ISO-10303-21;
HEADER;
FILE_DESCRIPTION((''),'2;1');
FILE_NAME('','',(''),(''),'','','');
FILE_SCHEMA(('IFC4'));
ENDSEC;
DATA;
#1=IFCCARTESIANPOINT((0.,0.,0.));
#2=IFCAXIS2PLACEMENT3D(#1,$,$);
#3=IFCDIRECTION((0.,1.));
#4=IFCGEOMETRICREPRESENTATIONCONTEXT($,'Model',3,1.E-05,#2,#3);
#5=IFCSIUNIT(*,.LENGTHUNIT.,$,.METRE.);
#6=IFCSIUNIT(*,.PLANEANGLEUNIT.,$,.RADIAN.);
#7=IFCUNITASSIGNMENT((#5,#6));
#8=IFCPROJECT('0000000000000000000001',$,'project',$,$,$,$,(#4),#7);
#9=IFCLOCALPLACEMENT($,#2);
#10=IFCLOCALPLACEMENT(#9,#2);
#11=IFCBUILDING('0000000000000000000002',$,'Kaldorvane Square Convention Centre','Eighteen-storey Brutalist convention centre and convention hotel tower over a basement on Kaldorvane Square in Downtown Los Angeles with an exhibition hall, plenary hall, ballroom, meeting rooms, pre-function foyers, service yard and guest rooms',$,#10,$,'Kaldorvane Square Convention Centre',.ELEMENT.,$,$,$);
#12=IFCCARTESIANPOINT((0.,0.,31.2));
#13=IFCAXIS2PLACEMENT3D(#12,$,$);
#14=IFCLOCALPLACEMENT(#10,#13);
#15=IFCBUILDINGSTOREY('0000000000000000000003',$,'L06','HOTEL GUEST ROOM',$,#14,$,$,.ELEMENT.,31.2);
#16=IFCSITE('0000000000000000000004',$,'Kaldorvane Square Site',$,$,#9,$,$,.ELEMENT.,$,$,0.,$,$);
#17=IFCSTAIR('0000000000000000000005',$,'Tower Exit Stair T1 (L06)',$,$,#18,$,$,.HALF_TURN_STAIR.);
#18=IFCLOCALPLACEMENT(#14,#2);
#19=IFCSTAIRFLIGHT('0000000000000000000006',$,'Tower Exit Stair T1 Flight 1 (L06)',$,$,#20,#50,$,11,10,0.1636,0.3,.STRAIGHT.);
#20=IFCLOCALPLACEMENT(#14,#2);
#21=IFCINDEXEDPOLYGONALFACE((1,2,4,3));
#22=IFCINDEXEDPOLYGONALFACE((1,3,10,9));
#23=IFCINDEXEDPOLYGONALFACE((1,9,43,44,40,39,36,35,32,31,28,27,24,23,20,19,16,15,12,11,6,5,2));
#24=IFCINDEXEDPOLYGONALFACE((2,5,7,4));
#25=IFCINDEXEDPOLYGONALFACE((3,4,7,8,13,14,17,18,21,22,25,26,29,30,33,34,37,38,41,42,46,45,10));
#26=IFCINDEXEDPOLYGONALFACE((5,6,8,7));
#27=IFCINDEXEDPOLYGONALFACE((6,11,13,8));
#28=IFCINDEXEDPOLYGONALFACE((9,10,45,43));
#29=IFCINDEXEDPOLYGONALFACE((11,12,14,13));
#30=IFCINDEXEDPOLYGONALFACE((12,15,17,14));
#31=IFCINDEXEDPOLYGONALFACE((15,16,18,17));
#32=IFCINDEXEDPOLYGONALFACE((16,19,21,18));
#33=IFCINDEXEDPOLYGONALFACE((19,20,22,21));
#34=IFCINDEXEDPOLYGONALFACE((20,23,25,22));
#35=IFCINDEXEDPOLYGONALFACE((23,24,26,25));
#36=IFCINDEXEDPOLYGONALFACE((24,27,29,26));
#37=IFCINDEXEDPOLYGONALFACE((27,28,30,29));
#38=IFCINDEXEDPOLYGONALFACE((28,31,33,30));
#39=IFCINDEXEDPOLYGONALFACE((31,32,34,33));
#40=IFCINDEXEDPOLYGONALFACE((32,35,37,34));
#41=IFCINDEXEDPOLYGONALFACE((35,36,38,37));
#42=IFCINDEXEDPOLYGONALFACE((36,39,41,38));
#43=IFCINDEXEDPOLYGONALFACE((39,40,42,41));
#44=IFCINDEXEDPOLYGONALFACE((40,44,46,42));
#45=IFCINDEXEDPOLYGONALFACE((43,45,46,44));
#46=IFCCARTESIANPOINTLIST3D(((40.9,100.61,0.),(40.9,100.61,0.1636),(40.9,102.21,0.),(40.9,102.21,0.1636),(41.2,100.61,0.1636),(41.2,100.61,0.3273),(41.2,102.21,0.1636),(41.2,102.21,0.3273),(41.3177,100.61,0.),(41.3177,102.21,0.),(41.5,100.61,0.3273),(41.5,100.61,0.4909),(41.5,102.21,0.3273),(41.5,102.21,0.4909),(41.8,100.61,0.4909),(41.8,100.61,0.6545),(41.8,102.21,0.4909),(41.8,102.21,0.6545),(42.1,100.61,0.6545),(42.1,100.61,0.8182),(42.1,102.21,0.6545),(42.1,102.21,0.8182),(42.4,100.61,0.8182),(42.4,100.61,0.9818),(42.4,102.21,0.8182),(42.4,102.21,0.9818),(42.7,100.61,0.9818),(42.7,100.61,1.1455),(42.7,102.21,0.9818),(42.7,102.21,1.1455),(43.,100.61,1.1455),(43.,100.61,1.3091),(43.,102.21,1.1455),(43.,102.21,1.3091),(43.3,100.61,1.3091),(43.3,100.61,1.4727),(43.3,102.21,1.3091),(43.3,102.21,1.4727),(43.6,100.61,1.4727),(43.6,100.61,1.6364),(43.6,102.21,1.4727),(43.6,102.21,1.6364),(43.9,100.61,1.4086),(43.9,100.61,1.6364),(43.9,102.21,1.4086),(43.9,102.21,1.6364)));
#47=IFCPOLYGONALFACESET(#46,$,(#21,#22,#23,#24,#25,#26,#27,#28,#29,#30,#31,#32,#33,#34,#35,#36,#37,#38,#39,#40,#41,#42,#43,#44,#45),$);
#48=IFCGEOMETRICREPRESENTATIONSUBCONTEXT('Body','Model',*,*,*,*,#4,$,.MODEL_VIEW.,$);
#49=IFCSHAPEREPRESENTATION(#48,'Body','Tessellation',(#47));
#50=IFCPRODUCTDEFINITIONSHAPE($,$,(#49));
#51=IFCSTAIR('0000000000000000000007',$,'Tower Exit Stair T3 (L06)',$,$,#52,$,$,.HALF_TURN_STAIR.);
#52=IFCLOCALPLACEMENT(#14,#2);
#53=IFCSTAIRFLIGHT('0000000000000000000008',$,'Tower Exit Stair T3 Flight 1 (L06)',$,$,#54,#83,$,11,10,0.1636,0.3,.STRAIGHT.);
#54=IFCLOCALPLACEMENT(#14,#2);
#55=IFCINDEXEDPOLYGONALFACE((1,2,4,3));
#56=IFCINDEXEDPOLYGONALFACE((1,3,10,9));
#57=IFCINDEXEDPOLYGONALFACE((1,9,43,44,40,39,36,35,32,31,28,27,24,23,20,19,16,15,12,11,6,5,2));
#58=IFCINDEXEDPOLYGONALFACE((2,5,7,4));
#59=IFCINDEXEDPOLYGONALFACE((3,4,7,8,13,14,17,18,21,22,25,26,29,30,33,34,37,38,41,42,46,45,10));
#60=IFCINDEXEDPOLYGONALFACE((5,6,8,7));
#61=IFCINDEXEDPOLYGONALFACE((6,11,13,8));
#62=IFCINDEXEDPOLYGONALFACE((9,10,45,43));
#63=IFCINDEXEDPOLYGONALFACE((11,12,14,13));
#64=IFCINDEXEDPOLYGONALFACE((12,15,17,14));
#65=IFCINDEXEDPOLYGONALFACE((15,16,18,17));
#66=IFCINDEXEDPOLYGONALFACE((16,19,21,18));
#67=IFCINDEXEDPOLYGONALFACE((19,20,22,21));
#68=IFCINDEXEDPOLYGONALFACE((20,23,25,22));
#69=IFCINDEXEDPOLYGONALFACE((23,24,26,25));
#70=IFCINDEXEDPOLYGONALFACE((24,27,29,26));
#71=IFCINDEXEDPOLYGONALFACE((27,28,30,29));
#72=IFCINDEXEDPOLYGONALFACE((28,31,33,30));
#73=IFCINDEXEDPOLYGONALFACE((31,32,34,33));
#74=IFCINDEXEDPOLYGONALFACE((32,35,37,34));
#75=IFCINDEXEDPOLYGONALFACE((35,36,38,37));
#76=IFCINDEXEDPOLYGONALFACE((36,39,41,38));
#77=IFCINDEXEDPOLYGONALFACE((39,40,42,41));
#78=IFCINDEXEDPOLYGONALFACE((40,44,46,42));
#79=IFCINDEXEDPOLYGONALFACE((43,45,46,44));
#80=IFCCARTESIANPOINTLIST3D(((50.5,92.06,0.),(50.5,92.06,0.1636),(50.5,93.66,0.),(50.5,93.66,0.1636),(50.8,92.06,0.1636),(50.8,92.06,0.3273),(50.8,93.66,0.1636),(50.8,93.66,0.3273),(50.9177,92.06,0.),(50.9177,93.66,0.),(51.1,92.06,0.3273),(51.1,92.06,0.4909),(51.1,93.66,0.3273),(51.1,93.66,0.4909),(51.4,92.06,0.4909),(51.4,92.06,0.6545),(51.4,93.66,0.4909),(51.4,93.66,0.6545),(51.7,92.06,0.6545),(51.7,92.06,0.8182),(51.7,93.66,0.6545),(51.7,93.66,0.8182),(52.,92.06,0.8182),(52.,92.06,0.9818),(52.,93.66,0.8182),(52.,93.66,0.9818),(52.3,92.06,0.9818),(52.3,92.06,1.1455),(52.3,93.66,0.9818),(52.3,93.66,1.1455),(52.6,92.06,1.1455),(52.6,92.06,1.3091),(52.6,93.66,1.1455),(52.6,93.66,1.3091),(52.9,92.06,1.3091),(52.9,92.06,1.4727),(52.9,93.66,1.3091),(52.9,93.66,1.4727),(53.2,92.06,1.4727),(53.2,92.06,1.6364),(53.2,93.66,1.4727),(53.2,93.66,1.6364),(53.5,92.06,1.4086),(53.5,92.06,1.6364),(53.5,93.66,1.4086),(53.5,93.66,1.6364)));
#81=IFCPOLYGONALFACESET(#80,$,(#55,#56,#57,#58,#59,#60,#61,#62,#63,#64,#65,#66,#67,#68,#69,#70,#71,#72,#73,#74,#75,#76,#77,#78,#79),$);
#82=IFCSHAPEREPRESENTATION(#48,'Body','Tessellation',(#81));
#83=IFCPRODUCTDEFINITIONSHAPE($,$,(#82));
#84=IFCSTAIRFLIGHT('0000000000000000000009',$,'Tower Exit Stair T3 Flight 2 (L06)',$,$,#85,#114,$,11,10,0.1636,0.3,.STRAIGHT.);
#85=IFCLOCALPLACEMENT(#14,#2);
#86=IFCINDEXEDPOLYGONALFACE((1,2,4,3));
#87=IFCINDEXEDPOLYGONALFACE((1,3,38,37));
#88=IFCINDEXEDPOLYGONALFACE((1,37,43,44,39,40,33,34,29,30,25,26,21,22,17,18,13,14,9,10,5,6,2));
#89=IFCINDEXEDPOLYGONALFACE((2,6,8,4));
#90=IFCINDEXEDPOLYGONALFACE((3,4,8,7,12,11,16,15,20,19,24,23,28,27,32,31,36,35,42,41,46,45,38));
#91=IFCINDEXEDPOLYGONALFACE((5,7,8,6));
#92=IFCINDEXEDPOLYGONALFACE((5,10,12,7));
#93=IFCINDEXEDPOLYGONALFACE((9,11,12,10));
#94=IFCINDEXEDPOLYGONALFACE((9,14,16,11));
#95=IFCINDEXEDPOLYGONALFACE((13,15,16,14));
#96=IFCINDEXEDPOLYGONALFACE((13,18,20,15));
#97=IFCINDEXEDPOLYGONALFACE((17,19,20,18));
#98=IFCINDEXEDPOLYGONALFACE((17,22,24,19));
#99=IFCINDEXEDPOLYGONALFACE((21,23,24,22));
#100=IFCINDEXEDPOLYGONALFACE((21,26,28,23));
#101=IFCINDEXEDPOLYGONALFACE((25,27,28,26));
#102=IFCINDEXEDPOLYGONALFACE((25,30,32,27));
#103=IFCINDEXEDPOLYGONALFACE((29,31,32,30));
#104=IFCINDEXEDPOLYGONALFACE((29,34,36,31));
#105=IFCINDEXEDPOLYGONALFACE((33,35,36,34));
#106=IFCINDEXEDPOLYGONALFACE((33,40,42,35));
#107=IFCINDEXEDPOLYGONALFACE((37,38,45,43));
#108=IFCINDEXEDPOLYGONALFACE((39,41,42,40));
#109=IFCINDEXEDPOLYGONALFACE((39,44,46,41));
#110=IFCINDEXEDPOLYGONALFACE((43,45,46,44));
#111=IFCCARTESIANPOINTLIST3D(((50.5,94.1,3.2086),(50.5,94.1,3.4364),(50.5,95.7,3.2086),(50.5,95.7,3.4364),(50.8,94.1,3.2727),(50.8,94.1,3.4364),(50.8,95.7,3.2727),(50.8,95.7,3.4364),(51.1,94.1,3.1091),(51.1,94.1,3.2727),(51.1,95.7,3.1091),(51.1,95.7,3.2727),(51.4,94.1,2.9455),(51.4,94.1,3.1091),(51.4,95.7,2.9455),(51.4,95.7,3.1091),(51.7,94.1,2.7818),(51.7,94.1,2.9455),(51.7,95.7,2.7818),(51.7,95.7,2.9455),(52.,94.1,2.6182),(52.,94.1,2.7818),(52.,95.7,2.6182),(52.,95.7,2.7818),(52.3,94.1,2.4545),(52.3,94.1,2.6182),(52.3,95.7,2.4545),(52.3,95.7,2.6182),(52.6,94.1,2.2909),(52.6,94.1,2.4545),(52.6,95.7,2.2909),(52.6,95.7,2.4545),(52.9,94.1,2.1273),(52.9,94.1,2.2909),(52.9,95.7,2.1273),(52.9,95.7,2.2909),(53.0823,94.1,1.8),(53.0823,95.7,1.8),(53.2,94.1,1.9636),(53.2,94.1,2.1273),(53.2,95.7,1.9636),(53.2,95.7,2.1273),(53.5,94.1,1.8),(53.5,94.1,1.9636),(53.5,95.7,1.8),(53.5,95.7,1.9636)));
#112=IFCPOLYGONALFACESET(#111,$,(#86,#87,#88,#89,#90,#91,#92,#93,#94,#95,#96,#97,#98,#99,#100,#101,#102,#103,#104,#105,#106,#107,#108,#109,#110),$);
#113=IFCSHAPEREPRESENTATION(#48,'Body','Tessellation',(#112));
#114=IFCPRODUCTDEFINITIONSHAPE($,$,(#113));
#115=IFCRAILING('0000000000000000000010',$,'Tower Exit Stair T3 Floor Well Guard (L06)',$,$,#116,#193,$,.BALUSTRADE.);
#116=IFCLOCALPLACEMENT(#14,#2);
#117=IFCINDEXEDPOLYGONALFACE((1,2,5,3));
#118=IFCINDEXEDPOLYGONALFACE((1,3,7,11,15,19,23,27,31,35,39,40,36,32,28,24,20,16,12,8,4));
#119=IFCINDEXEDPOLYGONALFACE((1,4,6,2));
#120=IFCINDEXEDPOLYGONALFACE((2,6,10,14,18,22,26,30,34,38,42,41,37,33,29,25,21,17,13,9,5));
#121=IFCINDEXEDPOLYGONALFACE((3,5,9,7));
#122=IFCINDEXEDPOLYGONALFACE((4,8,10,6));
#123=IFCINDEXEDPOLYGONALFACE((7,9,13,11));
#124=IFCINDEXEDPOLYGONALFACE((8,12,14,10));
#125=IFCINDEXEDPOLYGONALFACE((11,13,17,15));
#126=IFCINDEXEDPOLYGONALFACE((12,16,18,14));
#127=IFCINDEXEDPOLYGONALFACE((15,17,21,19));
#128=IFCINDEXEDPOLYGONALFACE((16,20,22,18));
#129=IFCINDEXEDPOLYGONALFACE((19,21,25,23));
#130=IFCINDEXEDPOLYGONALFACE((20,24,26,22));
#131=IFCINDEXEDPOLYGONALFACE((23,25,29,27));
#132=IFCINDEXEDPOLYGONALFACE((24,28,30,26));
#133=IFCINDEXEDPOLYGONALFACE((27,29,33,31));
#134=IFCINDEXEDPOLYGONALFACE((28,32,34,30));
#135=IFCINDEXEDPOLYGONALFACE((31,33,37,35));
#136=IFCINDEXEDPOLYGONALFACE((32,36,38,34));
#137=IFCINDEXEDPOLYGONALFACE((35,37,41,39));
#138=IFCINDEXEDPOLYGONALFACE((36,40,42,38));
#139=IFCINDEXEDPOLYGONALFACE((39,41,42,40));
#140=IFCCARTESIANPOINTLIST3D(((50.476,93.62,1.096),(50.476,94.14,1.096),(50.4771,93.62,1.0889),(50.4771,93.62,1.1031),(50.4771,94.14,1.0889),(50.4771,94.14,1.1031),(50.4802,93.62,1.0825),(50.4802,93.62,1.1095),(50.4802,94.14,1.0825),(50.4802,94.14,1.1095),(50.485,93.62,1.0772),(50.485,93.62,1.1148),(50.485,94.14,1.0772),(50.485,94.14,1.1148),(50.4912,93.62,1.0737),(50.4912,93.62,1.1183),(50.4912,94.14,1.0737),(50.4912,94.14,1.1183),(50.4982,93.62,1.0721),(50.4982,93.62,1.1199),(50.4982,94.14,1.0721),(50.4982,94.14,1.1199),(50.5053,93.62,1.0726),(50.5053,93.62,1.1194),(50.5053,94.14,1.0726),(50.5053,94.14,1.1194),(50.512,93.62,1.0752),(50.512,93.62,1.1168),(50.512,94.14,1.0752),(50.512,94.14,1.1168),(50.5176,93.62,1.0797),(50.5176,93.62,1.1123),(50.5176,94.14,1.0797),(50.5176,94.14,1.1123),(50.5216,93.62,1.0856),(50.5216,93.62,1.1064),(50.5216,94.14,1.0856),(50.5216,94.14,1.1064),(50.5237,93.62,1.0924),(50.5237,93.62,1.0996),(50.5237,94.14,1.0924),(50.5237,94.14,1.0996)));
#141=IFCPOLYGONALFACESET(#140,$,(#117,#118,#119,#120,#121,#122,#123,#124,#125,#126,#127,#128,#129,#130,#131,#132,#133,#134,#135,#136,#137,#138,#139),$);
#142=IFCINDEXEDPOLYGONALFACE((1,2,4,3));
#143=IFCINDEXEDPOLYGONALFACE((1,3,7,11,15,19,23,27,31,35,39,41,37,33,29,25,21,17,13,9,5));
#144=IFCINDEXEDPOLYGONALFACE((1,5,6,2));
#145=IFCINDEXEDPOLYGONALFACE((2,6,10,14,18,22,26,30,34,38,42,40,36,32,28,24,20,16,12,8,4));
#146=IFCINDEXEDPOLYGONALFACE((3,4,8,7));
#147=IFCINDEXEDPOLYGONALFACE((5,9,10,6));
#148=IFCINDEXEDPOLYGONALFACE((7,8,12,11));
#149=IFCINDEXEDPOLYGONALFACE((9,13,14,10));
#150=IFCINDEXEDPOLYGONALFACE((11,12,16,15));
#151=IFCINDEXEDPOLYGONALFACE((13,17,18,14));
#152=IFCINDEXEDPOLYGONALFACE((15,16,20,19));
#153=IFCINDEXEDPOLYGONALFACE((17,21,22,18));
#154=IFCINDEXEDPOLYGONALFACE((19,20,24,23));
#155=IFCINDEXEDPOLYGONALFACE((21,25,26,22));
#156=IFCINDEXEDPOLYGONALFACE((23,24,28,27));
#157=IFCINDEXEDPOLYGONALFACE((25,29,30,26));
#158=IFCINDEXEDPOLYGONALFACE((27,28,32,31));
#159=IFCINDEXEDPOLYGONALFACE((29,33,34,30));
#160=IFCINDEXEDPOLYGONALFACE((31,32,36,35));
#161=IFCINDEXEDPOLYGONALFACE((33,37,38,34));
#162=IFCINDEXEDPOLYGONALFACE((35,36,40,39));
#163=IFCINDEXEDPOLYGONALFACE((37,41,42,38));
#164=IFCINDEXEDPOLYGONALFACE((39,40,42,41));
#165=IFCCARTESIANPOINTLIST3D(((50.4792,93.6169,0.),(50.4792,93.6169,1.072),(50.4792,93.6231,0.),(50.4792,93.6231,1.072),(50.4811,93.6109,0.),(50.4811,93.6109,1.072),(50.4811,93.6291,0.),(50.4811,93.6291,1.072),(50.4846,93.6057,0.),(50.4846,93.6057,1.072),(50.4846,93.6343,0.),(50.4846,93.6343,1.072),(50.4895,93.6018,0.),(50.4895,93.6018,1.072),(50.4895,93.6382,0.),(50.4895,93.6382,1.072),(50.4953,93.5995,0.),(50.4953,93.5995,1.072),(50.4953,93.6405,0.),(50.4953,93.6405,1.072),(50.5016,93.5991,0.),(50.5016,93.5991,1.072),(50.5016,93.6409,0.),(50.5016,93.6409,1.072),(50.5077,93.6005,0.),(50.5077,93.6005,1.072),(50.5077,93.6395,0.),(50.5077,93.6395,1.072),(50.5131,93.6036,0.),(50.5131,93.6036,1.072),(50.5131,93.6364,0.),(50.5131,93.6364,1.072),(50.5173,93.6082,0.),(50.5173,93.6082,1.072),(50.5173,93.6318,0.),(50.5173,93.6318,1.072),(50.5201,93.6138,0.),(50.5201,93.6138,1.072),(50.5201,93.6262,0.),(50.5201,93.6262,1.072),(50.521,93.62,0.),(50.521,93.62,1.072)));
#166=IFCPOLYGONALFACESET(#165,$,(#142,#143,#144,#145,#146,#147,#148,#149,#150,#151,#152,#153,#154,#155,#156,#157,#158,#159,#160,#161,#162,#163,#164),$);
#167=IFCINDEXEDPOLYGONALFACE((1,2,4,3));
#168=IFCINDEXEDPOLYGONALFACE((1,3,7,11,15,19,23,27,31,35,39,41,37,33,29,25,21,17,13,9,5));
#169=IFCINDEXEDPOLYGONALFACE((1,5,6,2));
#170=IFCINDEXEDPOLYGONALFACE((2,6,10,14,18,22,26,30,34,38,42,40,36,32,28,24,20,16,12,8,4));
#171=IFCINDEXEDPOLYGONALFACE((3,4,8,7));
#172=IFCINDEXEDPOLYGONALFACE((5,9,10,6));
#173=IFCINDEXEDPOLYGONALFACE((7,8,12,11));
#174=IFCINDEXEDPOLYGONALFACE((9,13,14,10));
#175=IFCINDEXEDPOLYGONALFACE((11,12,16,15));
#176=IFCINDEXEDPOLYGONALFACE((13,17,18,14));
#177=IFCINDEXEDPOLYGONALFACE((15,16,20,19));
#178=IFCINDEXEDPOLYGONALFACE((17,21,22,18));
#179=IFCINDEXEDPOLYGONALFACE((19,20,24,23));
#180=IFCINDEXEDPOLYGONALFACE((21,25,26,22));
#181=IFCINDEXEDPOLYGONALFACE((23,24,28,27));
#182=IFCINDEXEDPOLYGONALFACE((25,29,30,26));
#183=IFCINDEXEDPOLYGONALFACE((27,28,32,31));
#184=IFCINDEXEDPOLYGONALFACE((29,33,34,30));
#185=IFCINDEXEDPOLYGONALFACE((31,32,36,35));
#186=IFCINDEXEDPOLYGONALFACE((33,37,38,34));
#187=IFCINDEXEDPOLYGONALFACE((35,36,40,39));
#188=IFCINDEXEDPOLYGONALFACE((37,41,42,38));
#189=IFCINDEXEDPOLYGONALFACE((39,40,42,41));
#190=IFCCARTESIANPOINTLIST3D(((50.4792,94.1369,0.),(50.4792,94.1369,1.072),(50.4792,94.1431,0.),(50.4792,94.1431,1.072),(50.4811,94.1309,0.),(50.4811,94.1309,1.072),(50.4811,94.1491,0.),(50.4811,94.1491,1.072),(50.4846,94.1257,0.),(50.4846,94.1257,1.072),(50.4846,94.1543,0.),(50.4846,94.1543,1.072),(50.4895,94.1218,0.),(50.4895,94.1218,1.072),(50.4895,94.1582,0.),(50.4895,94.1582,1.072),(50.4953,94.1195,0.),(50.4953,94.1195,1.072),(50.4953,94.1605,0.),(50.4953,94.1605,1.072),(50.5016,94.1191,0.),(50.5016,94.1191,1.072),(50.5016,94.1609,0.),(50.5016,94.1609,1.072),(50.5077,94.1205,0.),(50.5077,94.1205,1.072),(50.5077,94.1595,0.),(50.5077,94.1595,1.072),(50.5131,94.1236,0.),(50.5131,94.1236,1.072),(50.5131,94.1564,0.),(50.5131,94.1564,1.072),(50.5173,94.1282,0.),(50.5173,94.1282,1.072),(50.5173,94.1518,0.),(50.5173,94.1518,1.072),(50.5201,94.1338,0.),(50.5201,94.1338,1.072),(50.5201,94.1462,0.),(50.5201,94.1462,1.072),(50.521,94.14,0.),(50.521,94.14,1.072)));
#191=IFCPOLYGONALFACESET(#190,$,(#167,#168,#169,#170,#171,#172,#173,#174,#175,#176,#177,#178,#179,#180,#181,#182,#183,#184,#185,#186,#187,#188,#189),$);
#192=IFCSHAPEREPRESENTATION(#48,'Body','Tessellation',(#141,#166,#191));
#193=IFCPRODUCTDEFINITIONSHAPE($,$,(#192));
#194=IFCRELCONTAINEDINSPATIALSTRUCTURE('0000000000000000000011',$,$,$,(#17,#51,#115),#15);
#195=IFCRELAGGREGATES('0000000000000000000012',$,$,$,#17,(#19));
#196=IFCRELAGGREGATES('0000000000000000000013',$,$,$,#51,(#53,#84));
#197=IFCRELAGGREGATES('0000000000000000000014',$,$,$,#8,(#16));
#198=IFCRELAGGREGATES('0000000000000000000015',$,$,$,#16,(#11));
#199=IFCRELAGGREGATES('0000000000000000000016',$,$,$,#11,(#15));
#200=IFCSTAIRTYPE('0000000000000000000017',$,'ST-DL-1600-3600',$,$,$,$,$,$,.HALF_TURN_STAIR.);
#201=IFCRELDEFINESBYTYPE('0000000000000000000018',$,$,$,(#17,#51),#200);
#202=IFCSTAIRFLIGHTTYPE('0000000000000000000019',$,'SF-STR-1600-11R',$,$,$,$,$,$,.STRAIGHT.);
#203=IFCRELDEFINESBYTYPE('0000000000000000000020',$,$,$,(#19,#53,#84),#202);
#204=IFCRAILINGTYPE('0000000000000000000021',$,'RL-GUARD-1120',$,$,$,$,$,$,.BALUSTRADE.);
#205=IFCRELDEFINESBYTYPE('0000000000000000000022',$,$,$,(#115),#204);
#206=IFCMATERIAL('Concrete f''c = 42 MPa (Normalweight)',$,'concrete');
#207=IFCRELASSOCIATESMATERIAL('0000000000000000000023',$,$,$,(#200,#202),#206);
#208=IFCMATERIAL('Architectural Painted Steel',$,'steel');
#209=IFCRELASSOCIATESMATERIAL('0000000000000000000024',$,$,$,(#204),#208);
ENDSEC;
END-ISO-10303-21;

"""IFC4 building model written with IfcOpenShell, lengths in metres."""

from ifc_helpers import new_model, si_unit, direction, frame, origin, origin_2d, place, context, subcontext, project, spatial, polyline, circle, outline, extrude, material, type_object, element, aggregate, save


model = new_model("IFC4")

# Units and contexts
model_context = context("Model", 3, precision=1e-05, world=origin(), true_north=direction((0.0, 1.0)))
body_context = subcontext(model_context, "Body", "Model", "MODEL_VIEW")
ifc_project = project(units=[si_unit("LENGTHUNIT", "METRE"), si_unit("PLANEANGLEUNIT", "RADIAN")], contexts=[model_context])

# Site, building, storey
site_placement = place(None, origin())
site = spatial("IfcSite", under=ifc_project, at=site_placement, Name="Kaldorvane Square Site", CompositionType="ELEMENT", RefElevation=0.0)
building_placement = place(site_placement, origin())
building = spatial("IfcBuilding", under=site, at=building_placement, Name="Kaldorvane Square Convention Centre", Description="Eighteen-storey Brutalist convention centre and convention hotel tower over a basement on Kaldorvane Square in Downtown Los Angeles with an exhibition hall, plenary hall, ballroom, meeting rooms, pre-function foyers, service yard and guest rooms", LongName="Kaldorvane Square Convention Centre", CompositionType="ELEMENT")
storey_placement = place(building_placement, frame((0.0, 0.0, 31.2)))
storey = spatial("IfcBuildingStorey", under=building, at=storey_placement, Name="L06", Description="HOTEL GUEST ROOM", CompositionType="ELEMENT", Elevation=31.2)

# Stair, stair flight
ifc_material_1 = material(Name="Concrete f'c = 42 MPa (Normalweight)", Category="concrete")
stair_type = type_object("IfcStairType", Name="ST-DL-1600-3600", PredefinedType="HALF_TURN_STAIR", material=ifc_material_1)
stair_1_placement = place(storey_placement, origin())
stair_1 = element("IfcStair", 1, at=stair_1_placement, inside=storey, type_object=stair_type, Name="Tower Exit Stair T1 (L06)", PredefinedType="HALF_TURN_STAIR")
stair_flight_type = type_object("IfcStairFlightType", Name="SF-STR-1600-11R", PredefinedType="STRAIGHT", material=ifc_material_1)
stair_flight_1_placement = place(storey_placement, frame((40.9, 101.41, 0.0), z_axis=(0.0, 0.0, 1.0), x_axis=(1.0, 0.0, 0.0)))
stair_flight_1 = element("IfcStairFlight", 2, at=stair_flight_1_placement, type_object=stair_flight_type, Name="Tower Exit Stair T1 Flight 1 (L06)", NumberOfRisers=11, NumberOfTreads=10, PredefinedType="STRAIGHT", RiserHeight=0.1636, TreadLength=0.3, context=body_context, shape_type="SweptSolid", body=[
    extrude(outline(polyline([(0.0, 0.0), (0.0, 0.1636), (0.3, 0.1636), (0.3, 0.3273), (0.6, 0.3273), (0.6, 0.4909), (0.9, 0.4909), (0.9, 0.6545), (1.2, 0.6545), (1.2, 0.8182), (1.5, 0.8182), (1.5, 0.9818), (1.8, 0.9818), (1.8, 1.1455), (2.1, 1.1455), (2.1, 1.3091), (2.4, 1.3091), (2.4, 1.4727), (2.7, 1.4727), (2.7, 1.6364), (3.0, 1.6364), (3.0, 1.8), (3.0, 1.4086), (0.4177, 0.0), (0.0, 0.0)])), frame((0.0, 0.8, 0.0), z_axis=(0.0, -1.0, 0.0), x_axis=(1.0, 0.0, 0.0)), (0.0, 0.0, 1.0), 1.6),
])
aggregate(stair_1, [stair_flight_1])

# Stair, stair flights
stair_2_placement = place(storey_placement, origin())
stair_2 = element("IfcStair", 3, at=stair_2_placement, inside=storey, type_object=stair_type, Name="Tower Exit Stair T3 (L06)", PredefinedType="HALF_TURN_STAIR")
stair_flight_2_placement = place(storey_placement, frame((50.5, 92.86, 0.0), z_axis=(0.0, 0.0, 1.0), x_axis=(1.0, 0.0, 0.0)))
stair_flight_2 = element("IfcStairFlight", 4, at=stair_flight_2_placement, type_object=stair_flight_type, Name="Tower Exit Stair T3 Flight 1 (L06)", NumberOfRisers=11, NumberOfTreads=10, PredefinedType="STRAIGHT", RiserHeight=0.1636, TreadLength=0.3, context=body_context, shape_type="SweptSolid", body=[
    extrude(outline(polyline([(0.0, 0.0), (0.0, 0.1636), (0.3, 0.1636), (0.3, 0.3273), (0.6, 0.3273), (0.6, 0.4909), (0.9, 0.4909), (0.9, 0.6545), (1.2, 0.6545), (1.2, 0.8182), (1.5, 0.8182), (1.5, 0.9818), (1.8, 0.9818), (1.8, 1.1455), (2.1, 1.1455), (2.1, 1.3091), (2.4, 1.3091), (2.4, 1.4727), (2.7, 1.4727), (2.7, 1.6364), (3.0, 1.6364), (3.0, 1.8), (3.0, 1.4086), (0.4177, 0.0), (0.0, 0.0)])), frame((0.0, 0.8, 0.0), z_axis=(0.0, -1.0, 0.0), x_axis=(1.0, 0.0, 0.0)), (0.0, 0.0, 1.0), 1.6),
])
stair_flight_3_placement = place(storey_placement, frame((53.5, 94.9, 1.8), z_axis=(0.0, 0.0, 1.0), x_axis=(-1.0, 0.0, 0.0)))
stair_flight_3 = element("IfcStairFlight", 5, at=stair_flight_3_placement, type_object=stair_flight_type, Name="Tower Exit Stair T3 Flight 2 (L06)", NumberOfRisers=11, NumberOfTreads=10, PredefinedType="STRAIGHT", RiserHeight=0.1636, TreadLength=0.3, context=body_context, shape_type="SweptSolid", body=[
    extrude(outline(polyline([(0.0, 0.0), (0.0, 0.1636), (0.3, 0.1636), (0.3, 0.3273), (0.6, 0.3273), (0.6, 0.4909), (0.9, 0.4909), (0.9, 0.6545), (1.2, 0.6545), (1.2, 0.8182), (1.5, 0.8182), (1.5, 0.9818), (1.8, 0.9818), (1.8, 1.1455), (2.1, 1.1455), (2.1, 1.3091), (2.4, 1.3091), (2.4, 1.4727), (2.7, 1.4727), (2.7, 1.6364), (3.0, 1.6364), (3.0, 1.8), (3.0, 1.4086), (0.4177, 0.0), (0.0, 0.0)])), frame((0.0, 0.8, 0.0), z_axis=(0.0, -1.0, 0.0), x_axis=(1.0, 0.0, 0.0)), (0.0, 0.0, 1.0), 1.6),
])
aggregate(stair_2, [stair_flight_2, stair_flight_3])

# Railing
ifc_material_2 = material(Name="Architectural Painted Steel", Category="steel")
railing_type_1 = type_object("IfcRailingType", Name="RL-GUARD-1120", PredefinedType="BALUSTRADE", material=ifc_material_2)
for number, where, name in (
    (6, (50.5, 93.62, 0.0), "Tower Exit Stair T3 Floor Well Guard (L06)"),
):
    element("IfcRailing", number, at=place(storey_placement, frame(where)), inside=storey, type_object=railing_type_1, Name=name, PredefinedType="BALUSTRADE", context=body_context, shape_type="SweptSolid", body=[
        extrude(circle(Radius=0.024, at=origin_2d()), frame((0.0, 0.0, 1.096), z_axis=(0.0, 1.0, 0.0), x_axis=(-1.0, 0.0, 0.0)), (0.0, 0.0, 1.0), 0.52),
        extrude(circle(Radius=0.021, at=origin_2d()), origin(), (0.0, 0.0, 1.0), 1.072),
        extrude(circle(Radius=0.021, at=origin_2d()), frame((0.0, 0.52, 0.0)), (0.0, 0.0, 1.0), 1.072),
    ])

save(model, "model.ifc")
